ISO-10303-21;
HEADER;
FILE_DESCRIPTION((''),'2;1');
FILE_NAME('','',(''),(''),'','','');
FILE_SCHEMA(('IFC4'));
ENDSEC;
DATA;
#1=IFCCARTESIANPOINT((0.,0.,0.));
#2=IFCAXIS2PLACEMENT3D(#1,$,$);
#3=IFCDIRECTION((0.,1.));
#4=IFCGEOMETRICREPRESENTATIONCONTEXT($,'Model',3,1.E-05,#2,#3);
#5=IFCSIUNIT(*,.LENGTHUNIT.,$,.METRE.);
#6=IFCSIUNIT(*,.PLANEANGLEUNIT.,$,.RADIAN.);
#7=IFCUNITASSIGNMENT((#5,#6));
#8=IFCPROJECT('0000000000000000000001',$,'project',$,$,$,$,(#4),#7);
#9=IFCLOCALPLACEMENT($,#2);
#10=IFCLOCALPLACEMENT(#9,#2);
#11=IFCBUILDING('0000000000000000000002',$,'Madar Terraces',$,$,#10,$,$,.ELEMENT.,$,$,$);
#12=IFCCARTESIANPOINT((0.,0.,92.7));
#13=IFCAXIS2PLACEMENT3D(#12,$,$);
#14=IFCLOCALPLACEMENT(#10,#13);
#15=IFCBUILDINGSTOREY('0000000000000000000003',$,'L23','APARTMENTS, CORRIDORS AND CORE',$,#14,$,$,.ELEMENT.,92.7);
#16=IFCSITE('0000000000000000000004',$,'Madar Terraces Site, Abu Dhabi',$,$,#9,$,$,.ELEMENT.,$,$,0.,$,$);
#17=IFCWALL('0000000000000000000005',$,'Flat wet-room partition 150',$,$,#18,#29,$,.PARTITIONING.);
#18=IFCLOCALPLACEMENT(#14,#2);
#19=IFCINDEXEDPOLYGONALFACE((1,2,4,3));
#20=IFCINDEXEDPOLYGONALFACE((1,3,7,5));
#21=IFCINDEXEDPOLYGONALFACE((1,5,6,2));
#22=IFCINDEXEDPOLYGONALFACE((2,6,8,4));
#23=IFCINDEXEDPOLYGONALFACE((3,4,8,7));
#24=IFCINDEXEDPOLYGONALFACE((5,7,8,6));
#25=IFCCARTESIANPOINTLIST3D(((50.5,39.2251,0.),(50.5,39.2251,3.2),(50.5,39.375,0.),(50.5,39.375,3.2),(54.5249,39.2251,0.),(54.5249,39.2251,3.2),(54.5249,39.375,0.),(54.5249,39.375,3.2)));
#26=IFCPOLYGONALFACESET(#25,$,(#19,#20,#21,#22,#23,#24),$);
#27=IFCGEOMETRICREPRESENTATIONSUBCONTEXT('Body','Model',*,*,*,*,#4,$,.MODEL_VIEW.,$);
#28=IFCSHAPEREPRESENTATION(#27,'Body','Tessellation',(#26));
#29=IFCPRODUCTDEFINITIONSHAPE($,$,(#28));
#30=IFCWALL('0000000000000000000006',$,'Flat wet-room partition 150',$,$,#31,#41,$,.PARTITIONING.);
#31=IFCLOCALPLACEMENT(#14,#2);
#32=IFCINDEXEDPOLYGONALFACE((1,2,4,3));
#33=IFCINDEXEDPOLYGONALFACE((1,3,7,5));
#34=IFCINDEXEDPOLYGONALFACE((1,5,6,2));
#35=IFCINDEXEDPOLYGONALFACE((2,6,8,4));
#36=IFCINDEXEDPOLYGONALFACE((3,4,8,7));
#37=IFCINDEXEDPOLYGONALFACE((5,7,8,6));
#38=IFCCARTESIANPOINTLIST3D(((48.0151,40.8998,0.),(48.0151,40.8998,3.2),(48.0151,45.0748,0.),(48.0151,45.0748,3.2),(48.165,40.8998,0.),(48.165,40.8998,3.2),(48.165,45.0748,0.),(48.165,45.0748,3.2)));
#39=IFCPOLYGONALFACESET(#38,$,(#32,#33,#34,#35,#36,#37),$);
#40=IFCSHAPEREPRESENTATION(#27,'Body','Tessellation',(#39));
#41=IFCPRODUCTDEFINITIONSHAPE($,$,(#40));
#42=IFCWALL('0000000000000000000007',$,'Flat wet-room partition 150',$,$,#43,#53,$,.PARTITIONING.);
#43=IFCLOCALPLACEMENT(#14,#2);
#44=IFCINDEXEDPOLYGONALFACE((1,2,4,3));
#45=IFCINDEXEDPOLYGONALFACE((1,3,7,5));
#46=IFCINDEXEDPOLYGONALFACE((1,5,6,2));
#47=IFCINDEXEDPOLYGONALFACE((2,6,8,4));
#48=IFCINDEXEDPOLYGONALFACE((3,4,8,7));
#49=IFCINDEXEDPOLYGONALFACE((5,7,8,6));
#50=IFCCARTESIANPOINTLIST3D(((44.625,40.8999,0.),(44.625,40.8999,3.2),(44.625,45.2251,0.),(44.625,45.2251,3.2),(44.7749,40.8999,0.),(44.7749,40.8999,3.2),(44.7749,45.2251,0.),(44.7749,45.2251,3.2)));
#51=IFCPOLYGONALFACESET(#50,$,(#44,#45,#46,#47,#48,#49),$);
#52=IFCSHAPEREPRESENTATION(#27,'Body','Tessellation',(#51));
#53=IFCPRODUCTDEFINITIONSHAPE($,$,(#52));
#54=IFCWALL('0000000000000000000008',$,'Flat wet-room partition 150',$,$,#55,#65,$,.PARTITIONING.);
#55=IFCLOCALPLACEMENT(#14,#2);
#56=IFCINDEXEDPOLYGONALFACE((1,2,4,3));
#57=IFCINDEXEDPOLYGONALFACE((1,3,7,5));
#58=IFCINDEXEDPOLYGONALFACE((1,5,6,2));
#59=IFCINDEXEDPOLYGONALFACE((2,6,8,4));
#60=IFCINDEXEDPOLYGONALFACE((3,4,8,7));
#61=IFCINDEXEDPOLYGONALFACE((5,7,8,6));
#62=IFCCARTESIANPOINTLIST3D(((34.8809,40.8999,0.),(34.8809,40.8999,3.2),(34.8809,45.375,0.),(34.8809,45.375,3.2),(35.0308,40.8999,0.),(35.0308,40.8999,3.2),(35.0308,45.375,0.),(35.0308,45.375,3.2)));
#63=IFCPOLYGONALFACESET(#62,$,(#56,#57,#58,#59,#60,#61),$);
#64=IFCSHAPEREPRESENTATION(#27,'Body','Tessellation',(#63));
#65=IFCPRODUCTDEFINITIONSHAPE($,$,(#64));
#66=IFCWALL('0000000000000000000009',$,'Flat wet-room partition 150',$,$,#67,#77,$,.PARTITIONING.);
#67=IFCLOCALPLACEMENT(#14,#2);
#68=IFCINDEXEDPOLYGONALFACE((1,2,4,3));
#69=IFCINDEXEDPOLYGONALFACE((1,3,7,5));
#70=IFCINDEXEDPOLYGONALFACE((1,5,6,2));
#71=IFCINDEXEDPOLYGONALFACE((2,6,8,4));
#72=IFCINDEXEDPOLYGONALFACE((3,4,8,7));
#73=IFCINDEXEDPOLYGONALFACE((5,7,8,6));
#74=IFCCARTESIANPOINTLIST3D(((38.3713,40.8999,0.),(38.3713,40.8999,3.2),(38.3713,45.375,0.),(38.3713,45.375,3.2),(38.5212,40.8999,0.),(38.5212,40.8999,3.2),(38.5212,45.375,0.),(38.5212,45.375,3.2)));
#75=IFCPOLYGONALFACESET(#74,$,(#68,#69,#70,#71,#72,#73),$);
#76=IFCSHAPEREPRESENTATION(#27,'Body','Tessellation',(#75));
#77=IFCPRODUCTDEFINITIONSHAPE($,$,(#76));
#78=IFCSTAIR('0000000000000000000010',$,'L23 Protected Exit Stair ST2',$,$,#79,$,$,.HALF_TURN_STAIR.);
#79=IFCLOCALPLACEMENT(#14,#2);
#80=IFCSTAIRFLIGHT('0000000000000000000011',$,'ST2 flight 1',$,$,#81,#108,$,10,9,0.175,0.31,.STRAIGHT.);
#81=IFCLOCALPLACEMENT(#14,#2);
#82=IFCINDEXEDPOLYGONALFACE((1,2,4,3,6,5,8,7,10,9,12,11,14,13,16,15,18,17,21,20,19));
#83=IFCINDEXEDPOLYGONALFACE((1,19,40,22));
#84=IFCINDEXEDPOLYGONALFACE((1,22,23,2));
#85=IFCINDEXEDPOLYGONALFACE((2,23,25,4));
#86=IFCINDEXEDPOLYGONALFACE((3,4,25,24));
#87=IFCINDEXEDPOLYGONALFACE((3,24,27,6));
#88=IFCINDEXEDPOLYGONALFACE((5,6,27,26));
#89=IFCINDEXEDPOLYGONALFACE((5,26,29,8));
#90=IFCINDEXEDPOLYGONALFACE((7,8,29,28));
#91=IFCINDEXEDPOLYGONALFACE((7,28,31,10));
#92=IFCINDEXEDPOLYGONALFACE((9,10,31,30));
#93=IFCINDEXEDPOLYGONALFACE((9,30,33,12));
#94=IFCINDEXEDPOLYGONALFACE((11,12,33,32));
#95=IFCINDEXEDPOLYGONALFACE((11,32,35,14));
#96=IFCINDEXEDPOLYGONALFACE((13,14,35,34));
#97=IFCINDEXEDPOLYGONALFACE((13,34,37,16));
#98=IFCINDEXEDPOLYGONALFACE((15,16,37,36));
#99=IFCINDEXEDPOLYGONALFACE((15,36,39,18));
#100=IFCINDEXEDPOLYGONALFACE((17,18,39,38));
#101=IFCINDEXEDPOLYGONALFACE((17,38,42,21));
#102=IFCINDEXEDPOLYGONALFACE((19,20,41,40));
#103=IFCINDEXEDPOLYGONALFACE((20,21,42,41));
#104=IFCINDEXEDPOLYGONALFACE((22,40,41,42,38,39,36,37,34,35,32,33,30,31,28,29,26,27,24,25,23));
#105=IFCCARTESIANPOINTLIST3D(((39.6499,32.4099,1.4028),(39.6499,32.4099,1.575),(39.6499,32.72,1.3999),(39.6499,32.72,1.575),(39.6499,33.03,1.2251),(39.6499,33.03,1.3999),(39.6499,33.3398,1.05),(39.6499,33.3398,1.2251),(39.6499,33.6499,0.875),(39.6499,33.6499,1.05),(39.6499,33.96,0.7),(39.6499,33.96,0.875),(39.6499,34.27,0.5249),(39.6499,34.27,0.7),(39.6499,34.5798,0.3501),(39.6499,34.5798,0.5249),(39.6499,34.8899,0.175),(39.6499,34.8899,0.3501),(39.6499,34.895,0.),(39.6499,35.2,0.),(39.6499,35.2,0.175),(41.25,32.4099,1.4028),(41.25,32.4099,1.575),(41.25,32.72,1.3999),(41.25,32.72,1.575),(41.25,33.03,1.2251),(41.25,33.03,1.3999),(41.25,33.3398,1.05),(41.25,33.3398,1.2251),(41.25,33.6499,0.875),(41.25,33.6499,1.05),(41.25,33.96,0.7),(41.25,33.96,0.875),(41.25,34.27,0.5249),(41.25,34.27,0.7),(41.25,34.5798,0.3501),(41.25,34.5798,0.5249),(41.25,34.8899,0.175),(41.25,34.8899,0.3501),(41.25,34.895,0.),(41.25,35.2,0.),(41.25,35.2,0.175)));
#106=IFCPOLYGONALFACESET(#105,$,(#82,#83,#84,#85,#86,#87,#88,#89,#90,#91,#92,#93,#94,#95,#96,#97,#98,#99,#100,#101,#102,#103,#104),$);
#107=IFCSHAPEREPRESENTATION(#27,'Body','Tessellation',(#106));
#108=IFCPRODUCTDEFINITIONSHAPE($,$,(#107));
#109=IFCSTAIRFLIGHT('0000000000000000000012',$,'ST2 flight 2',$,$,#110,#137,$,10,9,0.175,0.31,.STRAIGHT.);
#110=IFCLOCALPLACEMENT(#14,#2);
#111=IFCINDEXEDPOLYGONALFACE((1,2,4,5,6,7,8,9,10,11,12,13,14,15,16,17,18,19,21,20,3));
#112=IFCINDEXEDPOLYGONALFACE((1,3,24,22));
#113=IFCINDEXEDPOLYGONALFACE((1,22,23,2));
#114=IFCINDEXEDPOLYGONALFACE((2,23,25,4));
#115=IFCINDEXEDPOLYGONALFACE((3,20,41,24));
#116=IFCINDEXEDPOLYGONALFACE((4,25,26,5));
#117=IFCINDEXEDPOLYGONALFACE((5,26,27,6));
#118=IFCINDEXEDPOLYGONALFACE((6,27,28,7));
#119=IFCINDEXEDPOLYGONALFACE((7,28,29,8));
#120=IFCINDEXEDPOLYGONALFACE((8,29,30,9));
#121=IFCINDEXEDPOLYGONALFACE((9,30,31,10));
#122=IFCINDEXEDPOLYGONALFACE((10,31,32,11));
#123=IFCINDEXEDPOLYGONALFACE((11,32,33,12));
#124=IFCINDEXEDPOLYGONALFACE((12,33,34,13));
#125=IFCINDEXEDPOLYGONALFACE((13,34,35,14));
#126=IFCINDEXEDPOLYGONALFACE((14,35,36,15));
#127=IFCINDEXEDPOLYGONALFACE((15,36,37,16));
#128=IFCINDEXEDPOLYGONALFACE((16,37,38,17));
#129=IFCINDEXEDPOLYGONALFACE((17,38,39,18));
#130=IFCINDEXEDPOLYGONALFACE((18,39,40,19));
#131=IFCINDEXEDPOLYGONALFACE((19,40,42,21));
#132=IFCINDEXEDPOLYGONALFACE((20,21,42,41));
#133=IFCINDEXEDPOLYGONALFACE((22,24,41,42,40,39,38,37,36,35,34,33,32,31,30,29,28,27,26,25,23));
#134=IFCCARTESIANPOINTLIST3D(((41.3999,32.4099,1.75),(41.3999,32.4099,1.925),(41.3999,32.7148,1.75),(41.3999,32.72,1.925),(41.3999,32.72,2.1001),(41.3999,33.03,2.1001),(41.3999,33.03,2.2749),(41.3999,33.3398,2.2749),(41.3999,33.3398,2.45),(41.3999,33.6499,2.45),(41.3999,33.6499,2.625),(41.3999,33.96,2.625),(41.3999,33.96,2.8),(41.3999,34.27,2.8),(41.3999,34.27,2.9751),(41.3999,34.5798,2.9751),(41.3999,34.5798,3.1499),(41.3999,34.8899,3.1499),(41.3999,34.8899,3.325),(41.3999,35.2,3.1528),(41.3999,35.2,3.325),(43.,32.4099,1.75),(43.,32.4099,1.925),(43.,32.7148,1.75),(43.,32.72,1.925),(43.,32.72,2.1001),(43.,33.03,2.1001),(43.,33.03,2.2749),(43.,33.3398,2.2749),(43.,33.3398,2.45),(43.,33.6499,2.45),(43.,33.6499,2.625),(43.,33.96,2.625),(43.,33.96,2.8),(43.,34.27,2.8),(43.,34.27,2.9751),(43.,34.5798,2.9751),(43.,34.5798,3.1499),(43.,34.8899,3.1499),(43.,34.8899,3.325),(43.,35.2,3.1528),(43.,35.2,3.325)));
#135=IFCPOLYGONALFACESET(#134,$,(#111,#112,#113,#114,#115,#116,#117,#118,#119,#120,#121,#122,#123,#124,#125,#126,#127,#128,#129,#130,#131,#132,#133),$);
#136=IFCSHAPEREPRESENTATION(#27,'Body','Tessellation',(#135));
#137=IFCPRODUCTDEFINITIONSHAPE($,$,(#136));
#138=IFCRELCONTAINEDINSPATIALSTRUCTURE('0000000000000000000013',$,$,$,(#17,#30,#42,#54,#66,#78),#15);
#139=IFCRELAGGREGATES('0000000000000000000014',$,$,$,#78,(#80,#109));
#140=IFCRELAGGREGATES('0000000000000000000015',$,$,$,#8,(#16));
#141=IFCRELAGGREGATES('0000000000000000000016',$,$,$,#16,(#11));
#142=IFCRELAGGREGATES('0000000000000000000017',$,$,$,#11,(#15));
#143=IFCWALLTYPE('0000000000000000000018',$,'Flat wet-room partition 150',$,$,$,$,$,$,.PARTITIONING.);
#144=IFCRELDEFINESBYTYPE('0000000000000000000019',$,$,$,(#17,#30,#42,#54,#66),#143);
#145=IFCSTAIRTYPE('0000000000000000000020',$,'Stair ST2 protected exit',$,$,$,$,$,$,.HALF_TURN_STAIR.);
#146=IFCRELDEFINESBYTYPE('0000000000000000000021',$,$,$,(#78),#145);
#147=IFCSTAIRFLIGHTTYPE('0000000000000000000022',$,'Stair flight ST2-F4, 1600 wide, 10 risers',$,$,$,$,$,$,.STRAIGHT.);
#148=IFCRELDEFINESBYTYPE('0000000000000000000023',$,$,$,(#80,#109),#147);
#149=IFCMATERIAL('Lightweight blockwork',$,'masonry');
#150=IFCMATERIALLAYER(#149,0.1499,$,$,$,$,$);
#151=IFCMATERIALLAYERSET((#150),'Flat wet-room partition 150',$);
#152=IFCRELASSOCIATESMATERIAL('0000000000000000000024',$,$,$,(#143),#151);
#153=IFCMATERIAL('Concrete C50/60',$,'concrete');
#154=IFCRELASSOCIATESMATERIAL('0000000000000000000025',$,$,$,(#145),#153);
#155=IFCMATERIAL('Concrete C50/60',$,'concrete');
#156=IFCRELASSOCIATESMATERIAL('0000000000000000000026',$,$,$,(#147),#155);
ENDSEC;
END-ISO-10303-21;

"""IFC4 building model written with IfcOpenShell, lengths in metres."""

from ifc_helpers import new_model, si_unit, direction, frame, frame_2d, origin, place, context, subcontext, project, spatial, polyline, rectangle, outline, extrude, material, layer, layer_set, type_object, element, aggregate, save


model = new_model("IFC4")

# Units and contexts
model_context = context("Model", 3, precision=1e-05, world=origin(), true_north=direction((0.0, 1.0)))
body_context = subcontext(model_context, "Body", "Model", "MODEL_VIEW")
ifc_project = project(units=[si_unit("LENGTHUNIT", "METRE"), si_unit("PLANEANGLEUNIT", "RADIAN")], contexts=[model_context])

# Site, building, storey
site_placement = place(None, origin())
site = spatial("IfcSite", under=ifc_project, at=site_placement, Name="Madar Terraces Site, Abu Dhabi", CompositionType="ELEMENT", RefElevation=0.0)
building_placement = place(site_placement, origin())
building = spatial("IfcBuilding", under=site, at=building_placement, Name="Madar Terraces", CompositionType="ELEMENT")
storey_placement = place(building_placement, frame((0.0, 0.0, 92.7)))
storey = spatial("IfcBuildingStorey", under=building, at=storey_placement, Name="L23", Description="APARTMENTS, CORRIDORS AND CORE", CompositionType="ELEMENT", Elevation=92.7)

# Walls
ifc_material_1 = material(Name="Lightweight blockwork", Category="masonry")
ifc_layer_1 = layer(ifc_material_1, 0.1499)
ifc_layer_set_1 = layer_set([ifc_layer_1], Name="Flat wet-room partition 150")
wall_type_1 = type_object("IfcWallType", Name="Flat wet-room partition 150", PredefinedType="PARTITIONING", material=ifc_layer_set_1)
wall_1_placement = place(storey_placement, frame((50.5, 39.3, 0.0), z_axis=(0.0, 0.0, 1.0), x_axis=(1.0, 0.0, 0.0)))
element("IfcWall", 1, at=wall_1_placement, inside=storey, type_object=wall_type_1, Name="Flat wet-room partition 150", PredefinedType="PARTITIONING", context=body_context, shape_type="SweptSolid", body=[
    extrude(rectangle(XDim=4.0249, YDim=0.1499, at=frame_2d((2.0125, 0.0))), origin(), (0.0, 0.0, 1.0), 3.2),
])
wall_2_placement = place(storey_placement, frame((48.0901, 40.8999, 0.0), z_axis=(0.0, 0.0, 1.0), x_axis=(0.0, 1.0, 0.0)))
element("IfcWall", 2, at=wall_2_placement, inside=storey, type_object=wall_type_1, Name="Flat wet-room partition 150", PredefinedType="PARTITIONING", context=body_context, shape_type="SweptSolid", body=[
    extrude(rectangle(XDim=4.175, YDim=0.1499, at=frame_2d((2.0874, 0.0))), origin(), (0.0, 0.0, 1.0), 3.2),
])
wall_3_placement = place(storey_placement, frame((44.7, 40.8999, 0.0), z_axis=(0.0, 0.0, 1.0), x_axis=(0.0, 1.0, 0.0)))
element("IfcWall", 3, at=wall_3_placement, inside=storey, type_object=wall_type_1, Name="Flat wet-room partition 150", PredefinedType="PARTITIONING", context=body_context, shape_type="SweptSolid", body=[
    extrude(rectangle(XDim=4.3252, YDim=0.1499, at=frame_2d((2.1626, 0.0))), origin(), (0.0, 0.0, 1.0), 3.2),
])
for number, where, z_axis, x_axis, name in (
    (4, (34.9558, 40.8999, 0.0), (0.0, 0.0, 1.0), (0.0, 1.0, 0.0), "Flat wet-room partition 150"),
    (5, (38.4463, 40.8999, 0.0), (0.0, 0.0, 1.0), (0.0, 1.0, 0.0), "Flat wet-room partition 150"),
):
    element("IfcWall", number, at=place(storey_placement, frame(where, z_axis=z_axis, x_axis=x_axis)), inside=storey, type_object=wall_type_1, Name=name, PredefinedType="PARTITIONING", context=body_context, shape_type="SweptSolid", body=[
        extrude(rectangle(XDim=4.4751, YDim=0.1499, at=frame_2d((2.2375, 0.0))), origin(), (0.0, 0.0, 1.0), 3.2),
    ])

# Stair, stair flights
ifc_material_2 = material(Name="Concrete C50/60", Category="concrete")
stair_type = type_object("IfcStairType", Name="Stair ST2 protected exit", PredefinedType="HALF_TURN_STAIR", material=ifc_material_2)
stair_placement = place(storey_placement, origin())
stair = element("IfcStair", 6, at=stair_placement, inside=storey, type_object=stair_type, Name="L23 Protected Exit Stair ST2", PredefinedType="HALF_TURN_STAIR")
ifc_material_3 = material(Name="Concrete C50/60", Category="concrete")
stair_flight_type = type_object("IfcStairFlightType", Name="Stair flight ST2-F4, 1600 wide, 10 risers", PredefinedType="STRAIGHT", material=ifc_material_3)
stair_flight_1_placement = place(storey_placement, frame((40.45, 35.2, 0.0), z_axis=(0.0, 0.0, 1.0), x_axis=(0.0, -1.0, 0.0)))
stair_flight_1 = element("IfcStairFlight", 7, at=stair_flight_1_placement, type_object=stair_flight_type, Name="ST2 flight 1", NumberOfRisers=10, NumberOfTreads=9, PredefinedType="STRAIGHT", RiserHeight=0.175, TreadLength=0.31, context=body_context, shape_type="SweptSolid", body=[
    extrude(outline(polyline([(0.0, 0.0), (0.0, 0.175), (0.3101, 0.175), (0.3101, 0.3501), (0.6201, 0.3501), (0.6201, 0.5249), (0.9299, 0.5249), (0.9299, 0.7), (1.24, 0.7), (1.24, 0.875), (1.55, 0.875), (1.55, 1.05), (1.8601, 1.05), (1.8601, 1.2251), (2.1699, 1.2251), (2.1699, 1.3999), (2.48, 1.3999), (2.48, 1.575), (2.79, 1.575), (2.79, 1.75), (2.79, 1.4028), (0.3049, 0.0), (0.0, 0.0)])), frame((0.0, 0.8, 0.0), z_axis=(0.0, -1.0, 0.0), x_axis=(1.0, 0.0, 0.0)), (0.0, 0.0, 1.0), 1.6001),
])
stair_flight_2_placement = place(storey_placement, frame((42.2, 32.4099, 1.75), z_axis=(0.0, 0.0, 1.0), x_axis=(0.0, 1.0, 0.0)))
stair_flight_2 = element("IfcStairFlight", 8, at=stair_flight_2_placement, type_object=stair_flight_type, Name="ST2 flight 2", NumberOfRisers=10, NumberOfTreads=9, PredefinedType="STRAIGHT", RiserHeight=0.175, TreadLength=0.31, context=body_context, shape_type="SweptSolid", body=[
    extrude(outline(polyline([(0.0, 0.0), (0.0, 0.175), (0.3101, 0.175), (0.3101, 0.3501), (0.6201, 0.3501), (0.6201, 0.5249), (0.9299, 0.5249), (0.9299, 0.7), (1.24, 0.7), (1.24, 0.875), (1.55, 0.875), (1.55, 1.05), (1.8601, 1.05), (1.8601, 1.2251), (2.1699, 1.2251), (2.1699, 1.3999), (2.48, 1.3999), (2.48, 1.575), (2.79, 1.575), (2.79, 1.75), (2.79, 1.4028), (0.3049, 0.0), (0.0, 0.0)])), frame((0.0, 0.8, 0.0), z_axis=(0.0, -1.0, 0.0), x_axis=(1.0, 0.0, 0.0)), (0.0, 0.0, 1.0), 1.6001),
])
aggregate(stair, [stair_flight_1, stair_flight_2])

save(model, "model.ifc")
